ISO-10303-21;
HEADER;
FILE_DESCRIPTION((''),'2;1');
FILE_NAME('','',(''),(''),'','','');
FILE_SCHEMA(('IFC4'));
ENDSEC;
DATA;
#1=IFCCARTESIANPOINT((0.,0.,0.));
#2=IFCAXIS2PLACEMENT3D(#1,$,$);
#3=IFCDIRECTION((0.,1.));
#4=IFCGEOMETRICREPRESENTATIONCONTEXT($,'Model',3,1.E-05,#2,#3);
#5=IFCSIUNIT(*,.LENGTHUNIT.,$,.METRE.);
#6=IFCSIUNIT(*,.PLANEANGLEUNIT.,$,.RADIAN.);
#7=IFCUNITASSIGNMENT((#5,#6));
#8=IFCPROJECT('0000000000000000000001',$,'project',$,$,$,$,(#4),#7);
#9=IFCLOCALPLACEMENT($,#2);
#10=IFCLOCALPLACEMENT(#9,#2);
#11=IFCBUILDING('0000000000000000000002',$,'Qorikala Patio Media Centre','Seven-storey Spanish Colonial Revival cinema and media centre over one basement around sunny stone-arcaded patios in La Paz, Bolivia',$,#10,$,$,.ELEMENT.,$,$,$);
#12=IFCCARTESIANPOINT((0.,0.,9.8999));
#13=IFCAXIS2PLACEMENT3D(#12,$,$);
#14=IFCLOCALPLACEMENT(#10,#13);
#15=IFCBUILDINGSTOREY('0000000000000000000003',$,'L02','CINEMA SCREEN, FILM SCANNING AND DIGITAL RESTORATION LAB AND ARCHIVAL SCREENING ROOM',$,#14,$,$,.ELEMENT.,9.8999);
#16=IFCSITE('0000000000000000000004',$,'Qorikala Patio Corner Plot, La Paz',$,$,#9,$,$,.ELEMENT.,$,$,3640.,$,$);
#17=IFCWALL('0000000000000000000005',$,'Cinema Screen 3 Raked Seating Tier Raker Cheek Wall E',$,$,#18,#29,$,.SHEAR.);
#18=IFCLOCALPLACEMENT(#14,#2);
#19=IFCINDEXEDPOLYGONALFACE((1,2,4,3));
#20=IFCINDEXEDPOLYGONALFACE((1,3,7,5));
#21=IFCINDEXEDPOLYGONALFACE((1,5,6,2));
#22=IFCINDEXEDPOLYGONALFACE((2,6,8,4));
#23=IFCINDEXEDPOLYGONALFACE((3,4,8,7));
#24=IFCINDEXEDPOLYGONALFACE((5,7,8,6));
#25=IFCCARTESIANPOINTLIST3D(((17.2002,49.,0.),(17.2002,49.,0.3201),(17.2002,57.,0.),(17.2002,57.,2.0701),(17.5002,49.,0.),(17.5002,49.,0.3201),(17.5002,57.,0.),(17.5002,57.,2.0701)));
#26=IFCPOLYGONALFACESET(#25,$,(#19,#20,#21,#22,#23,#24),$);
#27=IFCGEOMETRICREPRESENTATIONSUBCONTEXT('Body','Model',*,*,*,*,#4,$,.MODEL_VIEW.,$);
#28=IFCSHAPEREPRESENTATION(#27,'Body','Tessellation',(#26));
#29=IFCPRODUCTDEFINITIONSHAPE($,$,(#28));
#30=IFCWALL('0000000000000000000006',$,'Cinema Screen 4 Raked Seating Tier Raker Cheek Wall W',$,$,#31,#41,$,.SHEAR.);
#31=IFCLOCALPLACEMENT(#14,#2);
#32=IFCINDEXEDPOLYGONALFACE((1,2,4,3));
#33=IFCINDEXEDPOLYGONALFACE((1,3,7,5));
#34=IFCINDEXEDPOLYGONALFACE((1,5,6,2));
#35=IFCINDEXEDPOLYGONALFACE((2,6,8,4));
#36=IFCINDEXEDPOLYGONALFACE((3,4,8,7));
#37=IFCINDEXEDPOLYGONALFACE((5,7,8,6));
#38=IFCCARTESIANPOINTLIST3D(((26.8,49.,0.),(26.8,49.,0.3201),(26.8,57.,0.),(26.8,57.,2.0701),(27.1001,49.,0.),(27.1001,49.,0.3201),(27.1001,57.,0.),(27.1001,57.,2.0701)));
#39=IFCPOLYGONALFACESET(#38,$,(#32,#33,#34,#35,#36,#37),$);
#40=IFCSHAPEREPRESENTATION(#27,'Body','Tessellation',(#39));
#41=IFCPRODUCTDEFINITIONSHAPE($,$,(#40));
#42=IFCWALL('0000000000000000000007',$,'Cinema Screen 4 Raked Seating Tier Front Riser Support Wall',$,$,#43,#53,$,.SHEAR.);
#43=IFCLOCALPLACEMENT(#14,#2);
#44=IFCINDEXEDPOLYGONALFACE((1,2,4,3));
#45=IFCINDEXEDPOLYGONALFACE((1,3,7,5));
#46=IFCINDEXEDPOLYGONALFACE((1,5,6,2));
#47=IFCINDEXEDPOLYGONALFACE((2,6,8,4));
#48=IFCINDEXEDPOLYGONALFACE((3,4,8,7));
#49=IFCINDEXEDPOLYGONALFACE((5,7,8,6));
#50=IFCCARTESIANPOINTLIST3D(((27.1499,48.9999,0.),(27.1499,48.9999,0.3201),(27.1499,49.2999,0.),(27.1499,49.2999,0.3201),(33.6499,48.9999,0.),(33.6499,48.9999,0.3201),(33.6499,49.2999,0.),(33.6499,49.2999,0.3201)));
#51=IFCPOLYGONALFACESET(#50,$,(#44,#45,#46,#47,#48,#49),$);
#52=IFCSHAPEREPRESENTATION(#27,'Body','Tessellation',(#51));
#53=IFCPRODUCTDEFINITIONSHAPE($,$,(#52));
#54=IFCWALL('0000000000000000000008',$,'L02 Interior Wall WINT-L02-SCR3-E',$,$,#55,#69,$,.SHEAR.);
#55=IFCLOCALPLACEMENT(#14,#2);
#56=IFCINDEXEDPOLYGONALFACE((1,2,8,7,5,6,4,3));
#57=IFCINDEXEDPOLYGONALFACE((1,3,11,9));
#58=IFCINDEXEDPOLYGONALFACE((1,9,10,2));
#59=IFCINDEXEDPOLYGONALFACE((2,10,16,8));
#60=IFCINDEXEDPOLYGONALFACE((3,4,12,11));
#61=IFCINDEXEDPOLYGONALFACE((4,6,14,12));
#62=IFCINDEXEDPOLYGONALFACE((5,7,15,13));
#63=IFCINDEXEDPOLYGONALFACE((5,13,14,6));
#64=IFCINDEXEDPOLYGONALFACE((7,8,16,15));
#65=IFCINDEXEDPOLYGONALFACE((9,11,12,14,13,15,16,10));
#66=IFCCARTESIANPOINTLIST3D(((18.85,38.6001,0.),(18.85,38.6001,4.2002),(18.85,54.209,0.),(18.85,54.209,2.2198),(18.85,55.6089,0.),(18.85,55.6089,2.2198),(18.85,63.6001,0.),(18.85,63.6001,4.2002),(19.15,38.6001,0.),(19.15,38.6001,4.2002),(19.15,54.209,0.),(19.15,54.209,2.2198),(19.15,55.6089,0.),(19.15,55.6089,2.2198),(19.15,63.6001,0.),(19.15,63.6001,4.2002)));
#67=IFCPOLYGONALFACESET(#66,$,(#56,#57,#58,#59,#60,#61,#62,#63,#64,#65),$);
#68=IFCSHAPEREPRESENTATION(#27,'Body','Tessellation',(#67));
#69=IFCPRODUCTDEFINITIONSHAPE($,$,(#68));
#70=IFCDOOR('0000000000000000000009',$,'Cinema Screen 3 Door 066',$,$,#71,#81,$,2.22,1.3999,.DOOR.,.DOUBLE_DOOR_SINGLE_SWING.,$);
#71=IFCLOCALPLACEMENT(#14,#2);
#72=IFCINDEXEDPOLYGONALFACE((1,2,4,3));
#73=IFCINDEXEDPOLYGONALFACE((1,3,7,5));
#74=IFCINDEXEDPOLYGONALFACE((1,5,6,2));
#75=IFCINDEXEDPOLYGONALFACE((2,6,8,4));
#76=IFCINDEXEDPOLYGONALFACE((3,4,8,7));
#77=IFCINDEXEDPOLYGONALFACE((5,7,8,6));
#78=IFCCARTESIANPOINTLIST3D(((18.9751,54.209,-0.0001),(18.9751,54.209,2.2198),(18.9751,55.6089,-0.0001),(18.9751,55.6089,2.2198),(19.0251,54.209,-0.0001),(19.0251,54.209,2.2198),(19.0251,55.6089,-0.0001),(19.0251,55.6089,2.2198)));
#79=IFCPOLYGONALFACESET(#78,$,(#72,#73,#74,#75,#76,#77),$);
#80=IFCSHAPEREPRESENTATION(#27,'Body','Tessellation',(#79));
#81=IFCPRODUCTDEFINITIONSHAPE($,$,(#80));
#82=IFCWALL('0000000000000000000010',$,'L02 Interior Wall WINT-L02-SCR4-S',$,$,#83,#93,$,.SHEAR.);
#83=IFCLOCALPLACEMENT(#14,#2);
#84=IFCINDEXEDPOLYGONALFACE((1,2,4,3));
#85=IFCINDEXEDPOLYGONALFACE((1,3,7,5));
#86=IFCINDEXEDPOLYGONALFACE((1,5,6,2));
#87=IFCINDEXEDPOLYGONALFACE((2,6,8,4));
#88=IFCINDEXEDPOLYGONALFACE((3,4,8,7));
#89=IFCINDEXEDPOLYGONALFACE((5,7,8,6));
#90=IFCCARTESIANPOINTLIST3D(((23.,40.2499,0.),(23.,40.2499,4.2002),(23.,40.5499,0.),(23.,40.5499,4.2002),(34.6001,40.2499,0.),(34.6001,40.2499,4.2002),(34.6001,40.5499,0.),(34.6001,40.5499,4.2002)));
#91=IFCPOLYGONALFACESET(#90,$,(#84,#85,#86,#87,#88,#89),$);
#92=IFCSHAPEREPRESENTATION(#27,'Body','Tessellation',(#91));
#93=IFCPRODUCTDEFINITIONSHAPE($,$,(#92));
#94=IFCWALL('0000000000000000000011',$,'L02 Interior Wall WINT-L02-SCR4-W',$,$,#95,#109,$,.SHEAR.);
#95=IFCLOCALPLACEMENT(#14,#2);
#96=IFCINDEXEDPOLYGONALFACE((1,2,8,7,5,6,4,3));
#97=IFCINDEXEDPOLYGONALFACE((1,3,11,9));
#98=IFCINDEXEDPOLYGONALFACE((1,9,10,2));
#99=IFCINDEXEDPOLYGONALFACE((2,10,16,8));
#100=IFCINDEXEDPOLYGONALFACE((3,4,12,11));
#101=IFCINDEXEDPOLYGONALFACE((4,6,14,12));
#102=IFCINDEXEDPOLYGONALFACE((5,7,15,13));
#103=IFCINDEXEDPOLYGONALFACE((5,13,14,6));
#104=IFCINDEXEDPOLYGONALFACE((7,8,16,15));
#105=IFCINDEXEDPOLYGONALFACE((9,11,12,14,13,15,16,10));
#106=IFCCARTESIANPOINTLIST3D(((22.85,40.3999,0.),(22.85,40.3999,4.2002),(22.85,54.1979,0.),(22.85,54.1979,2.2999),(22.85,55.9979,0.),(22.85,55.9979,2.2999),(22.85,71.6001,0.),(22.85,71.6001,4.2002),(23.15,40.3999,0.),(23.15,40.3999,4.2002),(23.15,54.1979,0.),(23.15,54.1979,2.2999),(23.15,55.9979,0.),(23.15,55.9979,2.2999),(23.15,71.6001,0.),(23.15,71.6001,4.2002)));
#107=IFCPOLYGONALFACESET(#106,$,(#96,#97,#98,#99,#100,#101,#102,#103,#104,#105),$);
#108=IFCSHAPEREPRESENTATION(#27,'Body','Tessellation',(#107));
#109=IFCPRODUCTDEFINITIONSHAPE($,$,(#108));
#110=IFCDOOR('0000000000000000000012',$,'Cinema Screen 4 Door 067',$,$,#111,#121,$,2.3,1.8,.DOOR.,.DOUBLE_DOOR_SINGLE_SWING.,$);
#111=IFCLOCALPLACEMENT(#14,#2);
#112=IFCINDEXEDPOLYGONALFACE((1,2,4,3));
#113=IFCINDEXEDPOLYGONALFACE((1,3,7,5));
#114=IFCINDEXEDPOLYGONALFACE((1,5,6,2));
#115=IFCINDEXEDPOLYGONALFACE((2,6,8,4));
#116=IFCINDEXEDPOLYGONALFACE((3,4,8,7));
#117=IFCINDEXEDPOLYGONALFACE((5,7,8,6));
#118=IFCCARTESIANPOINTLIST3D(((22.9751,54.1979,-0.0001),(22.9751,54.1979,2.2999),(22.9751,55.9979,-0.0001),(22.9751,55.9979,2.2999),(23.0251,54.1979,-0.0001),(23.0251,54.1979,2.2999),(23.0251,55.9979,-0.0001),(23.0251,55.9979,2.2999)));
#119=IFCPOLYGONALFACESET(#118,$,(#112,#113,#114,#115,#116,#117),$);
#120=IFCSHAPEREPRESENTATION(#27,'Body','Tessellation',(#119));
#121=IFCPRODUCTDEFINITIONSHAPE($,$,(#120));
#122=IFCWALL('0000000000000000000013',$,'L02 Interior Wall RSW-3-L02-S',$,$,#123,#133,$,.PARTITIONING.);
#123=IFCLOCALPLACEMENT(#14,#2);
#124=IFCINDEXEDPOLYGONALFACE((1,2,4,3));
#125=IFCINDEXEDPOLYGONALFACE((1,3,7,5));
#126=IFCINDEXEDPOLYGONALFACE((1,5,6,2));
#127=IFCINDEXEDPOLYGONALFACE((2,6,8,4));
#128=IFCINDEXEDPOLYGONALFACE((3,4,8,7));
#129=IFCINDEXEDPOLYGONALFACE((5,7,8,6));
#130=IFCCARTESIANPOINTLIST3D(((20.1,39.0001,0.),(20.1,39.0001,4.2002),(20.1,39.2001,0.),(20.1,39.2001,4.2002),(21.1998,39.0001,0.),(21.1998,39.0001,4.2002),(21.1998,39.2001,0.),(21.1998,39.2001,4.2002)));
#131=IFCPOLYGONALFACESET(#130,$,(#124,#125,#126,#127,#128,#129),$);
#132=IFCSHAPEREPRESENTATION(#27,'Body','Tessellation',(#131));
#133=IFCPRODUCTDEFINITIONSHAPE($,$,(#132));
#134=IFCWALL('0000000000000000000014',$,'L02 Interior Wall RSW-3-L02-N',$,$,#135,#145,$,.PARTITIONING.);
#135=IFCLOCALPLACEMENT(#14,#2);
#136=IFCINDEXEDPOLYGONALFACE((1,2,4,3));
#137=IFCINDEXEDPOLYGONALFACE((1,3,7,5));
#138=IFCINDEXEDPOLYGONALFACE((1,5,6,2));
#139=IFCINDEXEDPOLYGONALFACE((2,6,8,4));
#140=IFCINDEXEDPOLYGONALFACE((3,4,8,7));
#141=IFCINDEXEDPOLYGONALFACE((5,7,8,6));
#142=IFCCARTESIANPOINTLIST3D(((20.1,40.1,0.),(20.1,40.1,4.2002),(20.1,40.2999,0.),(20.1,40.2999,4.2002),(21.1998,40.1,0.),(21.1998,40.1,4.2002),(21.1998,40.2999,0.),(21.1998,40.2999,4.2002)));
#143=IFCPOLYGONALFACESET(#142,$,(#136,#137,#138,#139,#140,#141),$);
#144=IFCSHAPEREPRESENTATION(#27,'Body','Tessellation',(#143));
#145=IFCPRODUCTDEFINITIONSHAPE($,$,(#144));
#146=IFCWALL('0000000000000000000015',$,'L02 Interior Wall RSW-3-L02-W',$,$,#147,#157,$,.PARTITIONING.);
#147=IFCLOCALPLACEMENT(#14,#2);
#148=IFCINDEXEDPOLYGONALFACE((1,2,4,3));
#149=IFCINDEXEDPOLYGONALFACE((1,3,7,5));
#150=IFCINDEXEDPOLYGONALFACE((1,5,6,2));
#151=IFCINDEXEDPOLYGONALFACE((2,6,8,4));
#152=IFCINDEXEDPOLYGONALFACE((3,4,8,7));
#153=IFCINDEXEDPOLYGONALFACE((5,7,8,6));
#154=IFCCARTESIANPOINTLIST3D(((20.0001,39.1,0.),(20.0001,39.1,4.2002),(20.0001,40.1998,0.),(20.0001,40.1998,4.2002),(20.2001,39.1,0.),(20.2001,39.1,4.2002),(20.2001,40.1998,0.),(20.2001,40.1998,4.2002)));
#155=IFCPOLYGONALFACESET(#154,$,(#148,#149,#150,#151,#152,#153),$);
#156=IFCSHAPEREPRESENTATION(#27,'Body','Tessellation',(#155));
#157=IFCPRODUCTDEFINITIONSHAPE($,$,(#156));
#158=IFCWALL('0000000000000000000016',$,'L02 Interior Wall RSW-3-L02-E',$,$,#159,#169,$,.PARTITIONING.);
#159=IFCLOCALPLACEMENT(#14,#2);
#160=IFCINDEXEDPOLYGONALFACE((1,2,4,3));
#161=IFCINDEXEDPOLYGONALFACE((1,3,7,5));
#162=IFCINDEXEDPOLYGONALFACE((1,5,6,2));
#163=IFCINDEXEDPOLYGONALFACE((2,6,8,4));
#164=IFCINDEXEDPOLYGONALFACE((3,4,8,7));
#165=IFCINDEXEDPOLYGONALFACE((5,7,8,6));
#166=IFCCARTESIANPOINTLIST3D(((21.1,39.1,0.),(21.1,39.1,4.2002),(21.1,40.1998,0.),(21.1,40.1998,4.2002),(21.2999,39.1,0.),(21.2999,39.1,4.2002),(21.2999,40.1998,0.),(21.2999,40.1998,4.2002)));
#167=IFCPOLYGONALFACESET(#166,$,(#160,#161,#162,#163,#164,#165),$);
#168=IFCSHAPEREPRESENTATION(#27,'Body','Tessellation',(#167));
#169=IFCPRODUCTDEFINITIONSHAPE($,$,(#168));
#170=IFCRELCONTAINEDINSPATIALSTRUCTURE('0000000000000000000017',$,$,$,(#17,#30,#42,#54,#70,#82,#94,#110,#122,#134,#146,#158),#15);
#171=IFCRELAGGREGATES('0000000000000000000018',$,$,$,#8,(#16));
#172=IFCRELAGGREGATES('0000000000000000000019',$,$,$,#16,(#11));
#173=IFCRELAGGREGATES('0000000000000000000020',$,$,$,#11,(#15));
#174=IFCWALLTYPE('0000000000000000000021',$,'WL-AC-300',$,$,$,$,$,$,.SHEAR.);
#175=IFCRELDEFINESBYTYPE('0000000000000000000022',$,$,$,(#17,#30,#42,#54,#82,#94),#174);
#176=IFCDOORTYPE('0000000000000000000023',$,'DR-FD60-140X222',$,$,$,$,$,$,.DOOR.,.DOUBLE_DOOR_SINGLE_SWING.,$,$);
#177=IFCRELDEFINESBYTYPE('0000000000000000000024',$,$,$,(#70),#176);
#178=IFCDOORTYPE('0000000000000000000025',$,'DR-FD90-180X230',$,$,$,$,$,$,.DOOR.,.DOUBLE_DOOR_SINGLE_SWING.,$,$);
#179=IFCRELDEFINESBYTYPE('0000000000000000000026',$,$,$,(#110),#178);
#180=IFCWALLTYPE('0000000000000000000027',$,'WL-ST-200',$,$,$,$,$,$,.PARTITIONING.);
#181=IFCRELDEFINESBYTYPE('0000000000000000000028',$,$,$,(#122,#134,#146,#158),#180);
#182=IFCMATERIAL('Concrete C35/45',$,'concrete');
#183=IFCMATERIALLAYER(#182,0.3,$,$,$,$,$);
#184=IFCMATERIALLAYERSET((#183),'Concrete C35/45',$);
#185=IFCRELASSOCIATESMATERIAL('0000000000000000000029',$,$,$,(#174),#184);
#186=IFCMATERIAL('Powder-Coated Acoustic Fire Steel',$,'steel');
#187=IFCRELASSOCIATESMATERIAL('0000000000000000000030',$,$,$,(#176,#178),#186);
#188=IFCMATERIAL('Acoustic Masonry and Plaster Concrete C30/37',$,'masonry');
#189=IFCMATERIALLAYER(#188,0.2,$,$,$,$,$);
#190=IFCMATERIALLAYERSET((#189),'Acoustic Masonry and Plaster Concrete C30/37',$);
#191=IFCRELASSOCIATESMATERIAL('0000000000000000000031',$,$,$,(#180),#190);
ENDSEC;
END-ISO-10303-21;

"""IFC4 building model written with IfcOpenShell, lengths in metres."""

from ifc_helpers import new_model, si_unit, direction, frame, frame_2d, origin, place, context, subcontext, project, spatial, polyline, rectangle, outline, extrude, material, layer, layer_set, type_object, element, fill, save


model = new_model("IFC4")

# Units and contexts
model_context = context("Model", 3, precision=1e-05, world=origin(), true_north=direction((0.0, 1.0)))
body_context = subcontext(model_context, "Body", "Model", "MODEL_VIEW")
ifc_project = project(units=[si_unit("LENGTHUNIT", "METRE"), si_unit("PLANEANGLEUNIT", "RADIAN")], contexts=[model_context])

# Site, building, storey
site_placement = place(None, origin())
site = spatial("IfcSite", under=ifc_project, at=site_placement, Name="Qorikala Patio Corner Plot, La Paz", CompositionType="ELEMENT", RefElevation=3640.0)
building_placement = place(site_placement, origin())
building = spatial("IfcBuilding", under=site, at=building_placement, Name="Qorikala Patio Media Centre", Description="Seven-storey Spanish Colonial Revival cinema and media centre over one basement around sunny stone-arcaded patios in La Paz, Bolivia", CompositionType="ELEMENT")
storey_placement = place(building_placement, frame((0.0, 0.0, 9.8999)))
storey = spatial("IfcBuildingStorey", under=building, at=storey_placement, Name="L02", Description="CINEMA SCREEN, FILM SCANNING AND DIGITAL RESTORATION LAB AND ARCHIVAL SCREENING ROOM", CompositionType="ELEMENT", Elevation=9.8999)

# Shared definitions
ifc_material_1 = material(Name="Concrete C35/45", Category="concrete")

# Walls
ifc_layer_1 = layer(ifc_material_1, 0.3)
ifc_layer_set_1 = layer_set([ifc_layer_1], Name="Concrete C35/45")
wall_type_1 = type_object("IfcWallType", Name="WL-AC-300", PredefinedType="SHEAR", material=ifc_layer_set_1)
for number, where, z_axis, x_axis, name in (
    (1, (17.3501, 49.0, 0.0), (0.0, 0.0, 1.0), (0.0, 1.0, 0.0), "Cinema Screen 3 Raked Seating Tier Raker Cheek Wall E"),
    (2, (26.95, 49.0, 0.0), (0.0, 0.0, 1.0), (0.0, 1.0, 0.0), "Cinema Screen 4 Raked Seating Tier Raker Cheek Wall W"),
):
    element("IfcWall", number, at=place(storey_placement, frame(where, z_axis=z_axis, x_axis=x_axis)), inside=storey, type_object=wall_type_1, Name=name, PredefinedType="SHEAR", context=body_context, shape_type="SweptSolid", body=[
        extrude(outline(polyline([(0.0, 0.0), (8.0, 0.0), (8.0, 2.0701), (0.0, 0.3201), (0.0, 0.0)])), frame((0.0, 0.1499, 0.0), z_axis=(0.0, -1.0, 0.0), x_axis=(1.0, 0.0, 0.0)), (0.0, 0.0, 1.0), 0.3),
    ])
wall_1_placement = place(storey_placement, frame((27.1499, 49.1499, 0.0), z_axis=(0.0, 0.0, 1.0), x_axis=(1.0, 0.0, 0.0)))
element("IfcWall", 3, at=wall_1_placement, inside=storey, type_object=wall_type_1, Name="Cinema Screen 4 Raked Seating Tier Front Riser Support Wall", PredefinedType="SHEAR", context=body_context, shape_type="SweptSolid", body=[
    extrude(rectangle(XDim=6.5, YDim=0.3, at=frame_2d((3.25, 0.0))), origin(), (0.0, 0.0, 1.0), 0.3201),
])

# Wall, opening, door
wall_2_placement = place(storey_placement, frame((19.0, 38.6001, 0.0), z_axis=(0.0, 0.0, 1.0), x_axis=(0.0, 1.0, 0.0)))
wall_2 = element("IfcWall", 4, at=wall_2_placement, inside=storey, type_object=wall_type_1, Name="L02 Interior Wall WINT-L02-SCR3-E", PredefinedType="SHEAR", context=body_context, shape_type="SweptSolid", body=[
    extrude(rectangle(XDim=25.0, YDim=0.3, at=frame_2d((12.5, 0.0))), origin(), (0.0, 0.0, 1.0), 4.2002),
])
opening_1_placement = place(wall_2_placement, frame((15.6089, 0.0, 0.0)))
opening_1 = element("IfcOpeningElement", 5, at=opening_1_placement, cuts=wall_2, PredefinedType="OPENING", context=body_context, shape_type="SweptSolid", body=[
    extrude(rectangle(XDim=1.3999, YDim=2.22, at=frame_2d((0.7, 1.1099))), frame((0.0, 0.1599, 0.0), z_axis=(0.0, -1.0, 0.0), x_axis=(1.0, 0.0, 0.0)), (0.0, 0.0, 1.0), 0.3201),
])
ifc_material_2 = material(Name="Powder-Coated Acoustic Fire Steel", Category="steel")
door_type_1 = type_object("IfcDoorType", Name="DR-FD60-140X222", OperationType="DOUBLE_DOOR_SINGLE_SWING", PredefinedType="DOOR", material=ifc_material_2)
door_1_placement = place(opening_1_placement, origin())
door_1 = element("IfcDoor", 6, at=door_1_placement, inside=storey, type_object=door_type_1, Name="Cinema Screen 3 Door 066", OperationType="DOUBLE_DOOR_SINGLE_SWING", OverallHeight=2.22, OverallWidth=1.3999, PredefinedType="DOOR", context=body_context, shape_type="SweptSolid", body=[
    extrude(rectangle(XDim=1.3999, YDim=2.22, at=frame_2d((0.7, 1.1099))), frame((0.0, 0.0249, 0.0), z_axis=(0.0, -1.0, 0.0), x_axis=(1.0, 0.0, 0.0)), (0.0, 0.0, 1.0), 0.05),
])
fill(opening_1, door_1)

# Wall
wall_3_placement = place(storey_placement, frame((23.0, 40.3999, 0.0), z_axis=(0.0, 0.0, 1.0), x_axis=(1.0, 0.0, 0.0)))
element("IfcWall", 7, at=wall_3_placement, inside=storey, type_object=wall_type_1, Name="L02 Interior Wall WINT-L02-SCR4-S", PredefinedType="SHEAR", context=body_context, shape_type="SweptSolid", body=[
    extrude(rectangle(XDim=11.6001, YDim=0.3, at=frame_2d((5.8, 0.0))), origin(), (0.0, 0.0, 1.0), 4.2002),
])

# Wall, opening, door
wall_4_placement = place(storey_placement, frame((23.0, 40.3999, 0.0), z_axis=(0.0, 0.0, 1.0), x_axis=(0.0, 1.0, 0.0)))
wall_4 = element("IfcWall", 8, at=wall_4_placement, inside=storey, type_object=wall_type_1, Name="L02 Interior Wall WINT-L02-SCR4-W", PredefinedType="SHEAR", context=body_context, shape_type="SweptSolid", body=[
    extrude(rectangle(XDim=31.2002, YDim=0.3, at=frame_2d((15.6001, 0.0))), origin(), (0.0, 0.0, 1.0), 4.2002),
])
opening_2_placement = place(wall_4_placement, frame((13.7981, 0.0, 0.0)))
opening_2 = element("IfcOpeningElement", 9, at=opening_2_placement, cuts=wall_4, PredefinedType="OPENING", context=body_context, shape_type="SweptSolid", body=[
    extrude(rectangle(XDim=1.8, YDim=2.3, at=frame_2d((0.8999, 1.1499))), frame((0.0, 0.1599, 0.0), z_axis=(0.0, -1.0, 0.0), x_axis=(1.0, 0.0, 0.0)), (0.0, 0.0, 1.0), 0.3201),
])
door_type_2 = type_object("IfcDoorType", Name="DR-FD90-180X230", OperationType="DOUBLE_DOOR_SINGLE_SWING", PredefinedType="DOOR", material=ifc_material_2)
door_2_placement = place(opening_2_placement, origin())
door_2 = element("IfcDoor", 10, at=door_2_placement, inside=storey, type_object=door_type_2, Name="Cinema Screen 4 Door 067", OperationType="DOUBLE_DOOR_SINGLE_SWING", OverallHeight=2.3, OverallWidth=1.8, PredefinedType="DOOR", context=body_context, shape_type="SweptSolid", body=[
    extrude(rectangle(XDim=1.8, YDim=2.3, at=frame_2d((0.8999, 1.1499))), frame((0.0, 0.0249, 0.0), z_axis=(0.0, -1.0, 0.0), x_axis=(1.0, 0.0, 0.0)), (0.0, 0.0, 1.0), 0.05),
])
fill(opening_2, door_2)

# Walls
ifc_material_3 = material(Name="Acoustic Masonry and Plaster Concrete C30/37", Category="masonry")
ifc_layer_2 = layer(ifc_material_3, 0.2)
ifc_layer_set_2 = layer_set([ifc_layer_2], Name="Acoustic Masonry and Plaster Concrete C30/37")
wall_type_2 = type_object("IfcWallType", Name="WL-ST-200", PredefinedType="PARTITIONING", material=ifc_layer_set_2)
for number, where, z_axis, x_axis, name in (
    (11, (20.1001, 39.1001, 0.0), (0.0, 0.0, 1.0), (1.0, 0.0, 0.0), "L02 Interior Wall RSW-3-L02-S"),
    (12, (20.1001, 40.2, 0.0), (0.0, 0.0, 1.0), (1.0, 0.0, 0.0), "L02 Interior Wall RSW-3-L02-N"),
    (13, (20.1001, 39.1001, 0.0), (0.0, 0.0, 1.0), (0.0, 1.0, 0.0), "L02 Interior Wall RSW-3-L02-W"),
    (14, (21.2, 39.1001, 0.0), (0.0, 0.0, 1.0), (0.0, 1.0, 0.0), "L02 Interior Wall RSW-3-L02-E"),
):
    element("IfcWall", number, at=place(storey_placement, frame(where, z_axis=z_axis, x_axis=x_axis)), inside=storey, type_object=wall_type_2, Name=name, PredefinedType="PARTITIONING", context=body_context, shape_type="SweptSolid", body=[
        extrude(rectangle(XDim=1.0999, YDim=0.2, at=frame_2d((0.5498, 0.0))), origin(), (0.0, 0.0, 1.0), 4.2002),
    ])

save(model, "model.ifc")
